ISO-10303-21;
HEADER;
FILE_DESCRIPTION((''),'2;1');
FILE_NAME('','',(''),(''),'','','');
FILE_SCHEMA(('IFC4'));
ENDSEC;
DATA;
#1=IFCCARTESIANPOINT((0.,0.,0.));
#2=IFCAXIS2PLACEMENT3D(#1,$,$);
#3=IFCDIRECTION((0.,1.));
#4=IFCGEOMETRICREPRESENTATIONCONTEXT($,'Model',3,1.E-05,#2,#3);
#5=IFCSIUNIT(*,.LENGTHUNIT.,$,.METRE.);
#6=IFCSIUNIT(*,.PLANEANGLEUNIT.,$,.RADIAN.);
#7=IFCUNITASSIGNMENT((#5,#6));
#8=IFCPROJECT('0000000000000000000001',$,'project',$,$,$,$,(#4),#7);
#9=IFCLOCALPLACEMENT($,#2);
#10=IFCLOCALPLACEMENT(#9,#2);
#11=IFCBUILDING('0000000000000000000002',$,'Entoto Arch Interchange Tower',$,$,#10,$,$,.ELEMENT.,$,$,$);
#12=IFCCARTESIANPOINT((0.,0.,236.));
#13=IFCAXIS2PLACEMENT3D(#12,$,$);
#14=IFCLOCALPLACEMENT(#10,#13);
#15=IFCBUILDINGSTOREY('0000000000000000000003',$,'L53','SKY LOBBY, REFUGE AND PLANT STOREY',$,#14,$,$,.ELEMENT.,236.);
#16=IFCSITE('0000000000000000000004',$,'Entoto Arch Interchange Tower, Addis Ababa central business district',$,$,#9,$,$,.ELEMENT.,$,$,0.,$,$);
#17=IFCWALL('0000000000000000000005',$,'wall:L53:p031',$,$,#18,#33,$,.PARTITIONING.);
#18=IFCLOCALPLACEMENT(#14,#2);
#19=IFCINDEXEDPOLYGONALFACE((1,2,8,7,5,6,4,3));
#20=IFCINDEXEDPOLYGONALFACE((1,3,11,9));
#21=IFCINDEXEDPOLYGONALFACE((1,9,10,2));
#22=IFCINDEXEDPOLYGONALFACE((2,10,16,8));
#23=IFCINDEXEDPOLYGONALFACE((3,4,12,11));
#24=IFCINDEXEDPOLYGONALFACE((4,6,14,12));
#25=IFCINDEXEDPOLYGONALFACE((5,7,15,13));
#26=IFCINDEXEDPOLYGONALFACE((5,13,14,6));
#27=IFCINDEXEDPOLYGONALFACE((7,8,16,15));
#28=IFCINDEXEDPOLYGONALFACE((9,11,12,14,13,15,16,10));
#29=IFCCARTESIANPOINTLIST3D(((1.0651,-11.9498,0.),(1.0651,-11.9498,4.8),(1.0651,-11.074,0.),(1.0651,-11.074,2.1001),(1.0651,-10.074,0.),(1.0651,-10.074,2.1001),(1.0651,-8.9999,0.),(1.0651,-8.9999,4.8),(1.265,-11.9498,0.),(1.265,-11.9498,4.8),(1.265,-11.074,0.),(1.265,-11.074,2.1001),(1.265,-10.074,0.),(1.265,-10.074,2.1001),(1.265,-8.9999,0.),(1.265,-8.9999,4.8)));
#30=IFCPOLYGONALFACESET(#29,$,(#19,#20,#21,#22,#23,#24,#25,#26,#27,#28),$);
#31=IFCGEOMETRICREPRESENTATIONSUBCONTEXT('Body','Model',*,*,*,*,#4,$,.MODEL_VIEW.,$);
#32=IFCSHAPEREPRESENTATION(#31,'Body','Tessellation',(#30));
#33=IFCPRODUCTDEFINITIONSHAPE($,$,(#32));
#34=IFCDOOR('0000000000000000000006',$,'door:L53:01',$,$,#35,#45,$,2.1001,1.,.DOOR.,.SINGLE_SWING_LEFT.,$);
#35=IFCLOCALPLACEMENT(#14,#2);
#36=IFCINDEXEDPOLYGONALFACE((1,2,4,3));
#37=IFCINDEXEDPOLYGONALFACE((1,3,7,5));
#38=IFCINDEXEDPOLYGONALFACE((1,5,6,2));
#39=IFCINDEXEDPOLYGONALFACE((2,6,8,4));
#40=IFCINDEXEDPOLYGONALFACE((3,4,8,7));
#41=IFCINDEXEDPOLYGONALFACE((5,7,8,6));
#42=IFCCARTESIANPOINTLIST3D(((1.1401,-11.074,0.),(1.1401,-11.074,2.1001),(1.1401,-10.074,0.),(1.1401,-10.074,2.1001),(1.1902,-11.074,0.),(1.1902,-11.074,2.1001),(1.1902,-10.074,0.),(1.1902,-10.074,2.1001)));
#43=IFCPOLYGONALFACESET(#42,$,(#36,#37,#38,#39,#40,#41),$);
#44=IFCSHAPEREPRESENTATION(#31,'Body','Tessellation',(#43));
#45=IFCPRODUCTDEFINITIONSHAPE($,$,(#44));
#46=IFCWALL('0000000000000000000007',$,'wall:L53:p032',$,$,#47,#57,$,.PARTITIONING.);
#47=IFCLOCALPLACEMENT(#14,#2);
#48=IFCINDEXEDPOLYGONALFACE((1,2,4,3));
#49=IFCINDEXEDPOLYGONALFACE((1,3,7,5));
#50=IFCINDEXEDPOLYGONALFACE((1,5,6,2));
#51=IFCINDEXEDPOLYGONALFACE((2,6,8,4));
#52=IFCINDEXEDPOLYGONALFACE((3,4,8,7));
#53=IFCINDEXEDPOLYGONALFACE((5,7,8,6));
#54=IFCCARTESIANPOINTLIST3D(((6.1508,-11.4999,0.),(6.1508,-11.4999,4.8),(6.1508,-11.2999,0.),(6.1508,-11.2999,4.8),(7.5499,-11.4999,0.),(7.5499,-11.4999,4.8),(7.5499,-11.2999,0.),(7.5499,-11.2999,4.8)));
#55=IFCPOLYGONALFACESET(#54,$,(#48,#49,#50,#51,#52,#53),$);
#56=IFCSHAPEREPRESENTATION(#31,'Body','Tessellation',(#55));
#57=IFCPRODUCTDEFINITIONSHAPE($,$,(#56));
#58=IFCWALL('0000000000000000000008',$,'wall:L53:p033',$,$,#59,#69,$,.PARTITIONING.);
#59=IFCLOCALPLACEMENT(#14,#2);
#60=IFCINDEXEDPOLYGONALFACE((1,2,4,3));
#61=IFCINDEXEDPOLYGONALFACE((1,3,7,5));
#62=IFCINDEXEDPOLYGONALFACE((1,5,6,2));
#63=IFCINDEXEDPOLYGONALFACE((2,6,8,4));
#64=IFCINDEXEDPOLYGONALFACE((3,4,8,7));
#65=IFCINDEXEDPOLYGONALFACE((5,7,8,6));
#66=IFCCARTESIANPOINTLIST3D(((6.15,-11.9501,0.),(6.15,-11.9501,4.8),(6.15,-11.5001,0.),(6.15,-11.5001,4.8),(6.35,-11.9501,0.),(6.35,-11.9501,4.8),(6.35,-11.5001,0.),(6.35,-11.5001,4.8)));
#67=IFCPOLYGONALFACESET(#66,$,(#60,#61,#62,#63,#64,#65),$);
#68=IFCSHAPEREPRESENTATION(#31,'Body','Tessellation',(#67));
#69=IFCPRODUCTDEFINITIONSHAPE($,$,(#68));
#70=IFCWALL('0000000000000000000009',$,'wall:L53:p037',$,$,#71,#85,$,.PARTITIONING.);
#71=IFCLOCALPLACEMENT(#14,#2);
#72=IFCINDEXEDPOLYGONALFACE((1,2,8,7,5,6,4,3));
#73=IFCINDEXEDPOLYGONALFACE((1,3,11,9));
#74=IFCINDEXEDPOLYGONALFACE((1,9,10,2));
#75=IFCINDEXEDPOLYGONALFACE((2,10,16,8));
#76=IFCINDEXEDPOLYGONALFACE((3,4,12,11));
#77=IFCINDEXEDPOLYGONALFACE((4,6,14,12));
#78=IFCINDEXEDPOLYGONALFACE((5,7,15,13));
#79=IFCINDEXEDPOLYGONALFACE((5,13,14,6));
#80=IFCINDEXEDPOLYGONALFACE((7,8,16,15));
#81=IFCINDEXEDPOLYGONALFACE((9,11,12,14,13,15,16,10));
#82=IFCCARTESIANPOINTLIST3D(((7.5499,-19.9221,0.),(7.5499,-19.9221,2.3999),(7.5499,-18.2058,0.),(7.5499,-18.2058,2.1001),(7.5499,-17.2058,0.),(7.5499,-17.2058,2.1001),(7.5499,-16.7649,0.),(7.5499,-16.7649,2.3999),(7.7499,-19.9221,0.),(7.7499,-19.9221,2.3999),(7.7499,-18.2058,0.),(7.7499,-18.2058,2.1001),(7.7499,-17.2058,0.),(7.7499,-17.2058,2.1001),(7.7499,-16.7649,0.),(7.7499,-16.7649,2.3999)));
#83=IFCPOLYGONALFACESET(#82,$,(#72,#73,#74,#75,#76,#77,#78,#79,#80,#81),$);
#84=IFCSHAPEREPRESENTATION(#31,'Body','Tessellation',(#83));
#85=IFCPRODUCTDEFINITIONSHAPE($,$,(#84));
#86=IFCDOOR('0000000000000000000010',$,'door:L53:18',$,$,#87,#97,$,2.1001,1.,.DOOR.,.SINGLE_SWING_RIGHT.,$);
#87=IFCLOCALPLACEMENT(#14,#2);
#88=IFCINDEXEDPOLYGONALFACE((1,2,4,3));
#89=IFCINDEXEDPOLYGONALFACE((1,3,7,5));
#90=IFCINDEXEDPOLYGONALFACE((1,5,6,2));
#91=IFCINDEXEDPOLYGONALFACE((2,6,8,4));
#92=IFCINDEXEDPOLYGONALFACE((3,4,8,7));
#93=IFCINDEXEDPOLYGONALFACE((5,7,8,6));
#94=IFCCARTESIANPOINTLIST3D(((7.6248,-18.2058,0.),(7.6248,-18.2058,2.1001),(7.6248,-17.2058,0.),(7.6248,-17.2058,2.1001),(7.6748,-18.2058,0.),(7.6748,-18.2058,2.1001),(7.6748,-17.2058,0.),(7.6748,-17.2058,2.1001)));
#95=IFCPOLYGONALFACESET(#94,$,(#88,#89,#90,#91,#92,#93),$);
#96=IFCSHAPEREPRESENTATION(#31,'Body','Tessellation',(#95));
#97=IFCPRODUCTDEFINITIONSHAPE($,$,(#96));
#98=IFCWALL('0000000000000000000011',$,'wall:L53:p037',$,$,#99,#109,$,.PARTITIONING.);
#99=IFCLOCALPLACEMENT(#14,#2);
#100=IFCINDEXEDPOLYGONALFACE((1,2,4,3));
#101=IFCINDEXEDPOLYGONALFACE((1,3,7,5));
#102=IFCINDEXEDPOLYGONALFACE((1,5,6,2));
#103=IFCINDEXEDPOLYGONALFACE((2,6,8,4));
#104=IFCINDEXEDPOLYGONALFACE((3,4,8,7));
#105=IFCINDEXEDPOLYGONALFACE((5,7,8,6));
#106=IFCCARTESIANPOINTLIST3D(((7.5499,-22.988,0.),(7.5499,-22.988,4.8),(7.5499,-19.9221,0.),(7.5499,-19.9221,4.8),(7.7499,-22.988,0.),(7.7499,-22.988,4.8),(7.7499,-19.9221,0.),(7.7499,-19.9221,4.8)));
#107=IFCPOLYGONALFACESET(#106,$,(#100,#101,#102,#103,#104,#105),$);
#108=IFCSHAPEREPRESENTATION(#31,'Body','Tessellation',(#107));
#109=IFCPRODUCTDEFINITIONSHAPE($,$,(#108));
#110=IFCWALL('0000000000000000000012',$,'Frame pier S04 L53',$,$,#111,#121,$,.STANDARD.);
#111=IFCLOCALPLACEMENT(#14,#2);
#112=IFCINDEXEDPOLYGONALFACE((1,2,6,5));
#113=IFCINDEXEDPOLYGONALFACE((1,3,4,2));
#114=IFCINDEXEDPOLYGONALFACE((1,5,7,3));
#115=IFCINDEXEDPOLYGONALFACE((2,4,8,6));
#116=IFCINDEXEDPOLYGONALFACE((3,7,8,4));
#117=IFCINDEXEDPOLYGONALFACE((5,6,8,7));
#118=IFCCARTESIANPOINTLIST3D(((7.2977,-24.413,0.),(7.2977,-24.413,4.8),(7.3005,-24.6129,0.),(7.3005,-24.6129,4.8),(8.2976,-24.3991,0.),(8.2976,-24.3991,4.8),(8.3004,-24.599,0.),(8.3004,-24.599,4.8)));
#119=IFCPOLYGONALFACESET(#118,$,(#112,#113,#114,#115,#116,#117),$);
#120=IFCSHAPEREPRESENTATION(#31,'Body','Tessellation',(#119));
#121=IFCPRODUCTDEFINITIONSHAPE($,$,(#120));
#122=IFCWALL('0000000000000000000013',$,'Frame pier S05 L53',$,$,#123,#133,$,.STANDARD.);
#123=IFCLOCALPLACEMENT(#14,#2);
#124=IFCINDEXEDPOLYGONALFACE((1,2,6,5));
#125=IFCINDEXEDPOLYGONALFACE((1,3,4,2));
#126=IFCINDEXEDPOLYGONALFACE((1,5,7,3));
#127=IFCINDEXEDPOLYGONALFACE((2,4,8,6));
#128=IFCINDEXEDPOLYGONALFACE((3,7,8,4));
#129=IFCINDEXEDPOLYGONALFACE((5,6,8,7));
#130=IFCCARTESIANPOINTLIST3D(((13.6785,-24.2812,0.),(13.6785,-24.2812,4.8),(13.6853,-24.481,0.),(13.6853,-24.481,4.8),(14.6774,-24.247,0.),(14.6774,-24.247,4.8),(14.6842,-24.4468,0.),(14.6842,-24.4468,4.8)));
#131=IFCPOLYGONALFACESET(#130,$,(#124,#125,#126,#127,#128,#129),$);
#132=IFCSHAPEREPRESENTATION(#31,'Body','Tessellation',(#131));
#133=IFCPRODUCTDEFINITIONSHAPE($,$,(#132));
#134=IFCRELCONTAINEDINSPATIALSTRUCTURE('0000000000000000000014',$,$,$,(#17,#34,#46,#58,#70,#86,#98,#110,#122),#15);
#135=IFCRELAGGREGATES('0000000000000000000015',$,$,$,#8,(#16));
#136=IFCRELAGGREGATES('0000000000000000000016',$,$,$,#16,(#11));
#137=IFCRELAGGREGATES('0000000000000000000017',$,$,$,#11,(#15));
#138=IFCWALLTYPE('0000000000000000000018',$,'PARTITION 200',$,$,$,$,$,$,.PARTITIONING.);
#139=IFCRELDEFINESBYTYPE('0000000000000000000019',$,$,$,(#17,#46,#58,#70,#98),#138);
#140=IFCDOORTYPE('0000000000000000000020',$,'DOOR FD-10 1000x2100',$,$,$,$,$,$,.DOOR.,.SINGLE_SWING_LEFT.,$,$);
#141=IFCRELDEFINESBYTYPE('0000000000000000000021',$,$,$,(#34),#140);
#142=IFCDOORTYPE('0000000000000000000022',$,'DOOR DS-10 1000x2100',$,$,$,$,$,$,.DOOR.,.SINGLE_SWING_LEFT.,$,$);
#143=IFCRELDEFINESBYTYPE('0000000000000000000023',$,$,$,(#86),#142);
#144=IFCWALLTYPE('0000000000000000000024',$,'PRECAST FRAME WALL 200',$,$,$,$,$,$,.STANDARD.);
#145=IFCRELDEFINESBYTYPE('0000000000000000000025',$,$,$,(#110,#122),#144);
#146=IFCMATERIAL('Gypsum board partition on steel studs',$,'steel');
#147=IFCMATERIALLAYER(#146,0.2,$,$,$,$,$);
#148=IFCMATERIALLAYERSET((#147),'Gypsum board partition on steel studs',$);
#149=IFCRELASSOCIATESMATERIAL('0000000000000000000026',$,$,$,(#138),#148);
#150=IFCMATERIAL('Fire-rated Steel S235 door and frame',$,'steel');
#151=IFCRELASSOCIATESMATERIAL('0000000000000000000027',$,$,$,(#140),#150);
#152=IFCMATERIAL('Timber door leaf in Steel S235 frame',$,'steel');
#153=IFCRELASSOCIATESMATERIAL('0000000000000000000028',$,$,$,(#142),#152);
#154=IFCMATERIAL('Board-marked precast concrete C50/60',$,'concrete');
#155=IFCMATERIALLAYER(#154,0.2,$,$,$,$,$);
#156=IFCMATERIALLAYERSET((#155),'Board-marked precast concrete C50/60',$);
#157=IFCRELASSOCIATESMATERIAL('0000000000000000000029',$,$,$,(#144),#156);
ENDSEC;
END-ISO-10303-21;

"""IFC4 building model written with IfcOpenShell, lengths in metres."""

from ifc_helpers import new_model, si_unit, direction, frame, frame_2d, origin, place, context, subcontext, project, spatial, rectangle, extrude, material, layer, layer_set, type_object, element, fill, save


model = new_model("IFC4")

# Units and contexts
model_context = context("Model", 3, precision=1e-05, world=origin(), true_north=direction((0.0, 1.0)))
body_context = subcontext(model_context, "Body", "Model", "MODEL_VIEW")
ifc_project = project(units=[si_unit("LENGTHUNIT", "METRE"), si_unit("PLANEANGLEUNIT", "RADIAN")], contexts=[model_context])

# Site, building, storey
site_placement = place(None, origin())
site = spatial("IfcSite", under=ifc_project, at=site_placement, Name="Entoto Arch Interchange Tower, Addis Ababa central business district", CompositionType="ELEMENT", RefElevation=0.0)
building_placement = place(site_placement, origin())
building = spatial("IfcBuilding", under=site, at=building_placement, Name="Entoto Arch Interchange Tower", CompositionType="ELEMENT")
storey_placement = place(building_placement, frame((0.0, 0.0, 236.0)))
storey = spatial("IfcBuildingStorey", under=building, at=storey_placement, Name="L53", Description="SKY LOBBY, REFUGE AND PLANT STOREY", CompositionType="ELEMENT", Elevation=236.0)

# Wall, opening, door
ifc_material_1 = material(Name="Gypsum board partition on steel studs", Category="steel")
ifc_layer_1 = layer(ifc_material_1, 0.2)
ifc_layer_set_1 = layer_set([ifc_layer_1], Name="Gypsum board partition on steel studs")
wall_type_1 = type_object("IfcWallType", Name="PARTITION 200", PredefinedType="PARTITIONING", material=ifc_layer_set_1)
wall_1_placement = place(storey_placement, frame((1.165, -11.95, 0.0), z_axis=(0.0, 0.0, 1.0), x_axis=(0.0, 1.0, 0.0)))
wall_1 = element("IfcWall", 1, at=wall_1_placement, inside=storey, type_object=wall_type_1, Name="wall:L53:p031", PredefinedType="PARTITIONING", context=body_context, shape_type="SweptSolid", body=[
    extrude(rectangle(XDim=2.95, YDim=0.2, at=frame_2d((1.4751, 0.0))), origin(), (0.0, 0.0, 1.0), 4.8),
])
opening_1_placement = place(wall_1_placement, frame((0.876, 0.0, 0.0)))
opening_1 = element("IfcOpeningElement", 2, at=opening_1_placement, cuts=wall_1, PredefinedType="OPENING", context=body_context, shape_type="SweptSolid", body=[
    extrude(rectangle(XDim=1.0, YDim=2.1001, at=frame_2d((0.5, 1.05))), frame((0.0, 0.1099, 0.0), z_axis=(0.0, -1.0, 0.0), x_axis=(1.0, 0.0, 0.0)), (0.0, 0.0, 1.0), 0.22),
])
ifc_material_2 = material(Name="Fire-rated Steel S235 door and frame", Category="steel")
door_type_1 = type_object("IfcDoorType", Name="DOOR FD-10 1000x2100", OperationType="SINGLE_SWING_LEFT", PredefinedType="DOOR", material=ifc_material_2)
door_1_placement = place(opening_1_placement, origin())
door_1 = element("IfcDoor", 3, at=door_1_placement, inside=storey, type_object=door_type_1, Name="door:L53:01", OperationType="SINGLE_SWING_LEFT", OverallHeight=2.1001, OverallWidth=1.0, PredefinedType="DOOR", context=body_context, shape_type="SweptSolid", body=[
    extrude(rectangle(XDim=1.0, YDim=2.1001, at=frame_2d((0.5, 1.05))), frame((0.0, 0.0249, 0.0), z_axis=(0.0, -1.0, 0.0), x_axis=(1.0, 0.0, 0.0)), (0.0, 0.0, 1.0), 0.05),
])
fill(opening_1, door_1)

# Walls
wall_2_placement = place(storey_placement, frame((7.55, -11.3999, 0.0), z_axis=(0.0, 0.0, 1.0), x_axis=(-1.0, 0.0, 0.0)))
element("IfcWall", 4, at=wall_2_placement, inside=storey, type_object=wall_type_1, Name="wall:L53:p032", PredefinedType="PARTITIONING", context=body_context, shape_type="SweptSolid", body=[
    extrude(rectangle(XDim=1.3992, YDim=0.2, at=frame_2d((0.6997, 0.0))), origin(), (0.0, 0.0, 1.0), 4.8),
])
wall_3_placement = place(storey_placement, frame((6.25, -11.5, 0.0), z_axis=(0.0, 0.0, 1.0), x_axis=(0.0, -1.0, 0.0)))
element("IfcWall", 5, at=wall_3_placement, inside=storey, type_object=wall_type_1, Name="wall:L53:p033", PredefinedType="PARTITIONING", context=body_context, shape_type="SweptSolid", body=[
    extrude(rectangle(XDim=0.45, YDim=0.2, at=frame_2d((0.2251, 0.0))), origin(), (0.0, 0.0, 1.0), 4.8),
])

# Wall, opening, door
wall_4_placement = place(storey_placement, frame((7.6499, -16.7649, 0.0), z_axis=(0.0, 0.0, 1.0), x_axis=(0.0, -1.0, 0.0)))
wall_4 = element("IfcWall", 6, at=wall_4_placement, inside=storey, type_object=wall_type_1, Name="wall:L53:p037", PredefinedType="PARTITIONING", context=body_context, shape_type="SweptSolid", body=[
    extrude(rectangle(XDim=3.1572, YDim=0.2, at=frame_2d((1.5786, 0.0))), origin(), (0.0, 0.0, 1.0), 2.3999),
])
opening_2_placement = place(wall_4_placement, frame((0.4409, 0.0, 0.0)))
opening_2 = element("IfcOpeningElement", 7, at=opening_2_placement, cuts=wall_4, PredefinedType="OPENING", context=body_context, shape_type="SweptSolid", body=[
    extrude(rectangle(XDim=1.0, YDim=2.1001, at=frame_2d((0.5, 1.05))), frame((0.0, 0.1099, 0.0), z_axis=(0.0, -1.0, 0.0), x_axis=(1.0, 0.0, 0.0)), (0.0, 0.0, 1.0), 0.22),
])
ifc_material_3 = material(Name="Timber door leaf in Steel S235 frame", Category="steel")
door_type_2 = type_object("IfcDoorType", Name="DOOR DS-10 1000x2100", OperationType="SINGLE_SWING_LEFT", PredefinedType="DOOR", material=ifc_material_3)
door_2_placement = place(opening_2_placement, origin())
door_2 = element("IfcDoor", 8, at=door_2_placement, inside=storey, type_object=door_type_2, Name="door:L53:18", OperationType="SINGLE_SWING_RIGHT", OverallHeight=2.1001, OverallWidth=1.0, PredefinedType="DOOR", context=body_context, shape_type="SweptSolid", body=[
    extrude(rectangle(XDim=1.0, YDim=2.1001, at=frame_2d((0.5, 1.05))), frame((0.0, 0.0249, 0.0), z_axis=(0.0, -1.0, 0.0), x_axis=(1.0, 0.0, 0.0)), (0.0, 0.0, 1.0), 0.05),
])
fill(opening_2, door_2)

# Walls
wall_5_placement = place(storey_placement, frame((7.6499, -19.9221, 0.0), z_axis=(0.0, 0.0, 1.0), x_axis=(0.0, -1.0, 0.0)))
element("IfcWall", 9, at=wall_5_placement, inside=storey, type_object=wall_type_1, Name="wall:L53:p037", PredefinedType="PARTITIONING", context=body_context, shape_type="SweptSolid", body=[
    extrude(rectangle(XDim=3.0659, YDim=0.2, at=frame_2d((1.533, 0.0))), origin(), (0.0, 0.0, 1.0), 4.8),
])
ifc_material_4 = material(Name="Board-marked precast concrete C50/60", Category="concrete")
ifc_layer_2 = layer(ifc_material_4, 0.2)
ifc_layer_set_2 = layer_set([ifc_layer_2], Name="Board-marked precast concrete C50/60")
wall_type_2 = type_object("IfcWallType", Name="PRECAST FRAME WALL 200", PredefinedType="STANDARD", material=ifc_layer_set_2)
wall_6_placement = place(storey_placement, frame((7.2991, -24.5129, 0.0), z_axis=(0.0, 0.0, 1.0), x_axis=(0.999903, 0.013915, 0.0)))
element("IfcWall", 10, at=wall_6_placement, inside=storey, type_object=wall_type_2, Name="Frame pier S04 L53", PredefinedType="STANDARD", context=body_context, shape_type="SweptSolid", body=[
    extrude(rectangle(XDim=1.0, YDim=0.2, at=frame_2d((0.5, 0.0))), origin(), (0.0, 0.0, 1.0), 4.8),
])
wall_7_placement = place(storey_placement, frame((13.6819, -24.3811, 0.0), z_axis=(0.0, 0.0, 1.0), x_axis=(0.999415, 0.034193, 0.0)))
element("IfcWall", 11, at=wall_7_placement, inside=storey, type_object=wall_type_2, Name="Frame pier S05 L53", PredefinedType="STANDARD", context=body_context, shape_type="SweptSolid", body=[
    extrude(rectangle(XDim=0.9995, YDim=0.2, at=frame_2d((0.4998, 0.0))), origin(), (0.0, 0.0, 1.0), 4.8),
])

save(model, "model.ifc")
